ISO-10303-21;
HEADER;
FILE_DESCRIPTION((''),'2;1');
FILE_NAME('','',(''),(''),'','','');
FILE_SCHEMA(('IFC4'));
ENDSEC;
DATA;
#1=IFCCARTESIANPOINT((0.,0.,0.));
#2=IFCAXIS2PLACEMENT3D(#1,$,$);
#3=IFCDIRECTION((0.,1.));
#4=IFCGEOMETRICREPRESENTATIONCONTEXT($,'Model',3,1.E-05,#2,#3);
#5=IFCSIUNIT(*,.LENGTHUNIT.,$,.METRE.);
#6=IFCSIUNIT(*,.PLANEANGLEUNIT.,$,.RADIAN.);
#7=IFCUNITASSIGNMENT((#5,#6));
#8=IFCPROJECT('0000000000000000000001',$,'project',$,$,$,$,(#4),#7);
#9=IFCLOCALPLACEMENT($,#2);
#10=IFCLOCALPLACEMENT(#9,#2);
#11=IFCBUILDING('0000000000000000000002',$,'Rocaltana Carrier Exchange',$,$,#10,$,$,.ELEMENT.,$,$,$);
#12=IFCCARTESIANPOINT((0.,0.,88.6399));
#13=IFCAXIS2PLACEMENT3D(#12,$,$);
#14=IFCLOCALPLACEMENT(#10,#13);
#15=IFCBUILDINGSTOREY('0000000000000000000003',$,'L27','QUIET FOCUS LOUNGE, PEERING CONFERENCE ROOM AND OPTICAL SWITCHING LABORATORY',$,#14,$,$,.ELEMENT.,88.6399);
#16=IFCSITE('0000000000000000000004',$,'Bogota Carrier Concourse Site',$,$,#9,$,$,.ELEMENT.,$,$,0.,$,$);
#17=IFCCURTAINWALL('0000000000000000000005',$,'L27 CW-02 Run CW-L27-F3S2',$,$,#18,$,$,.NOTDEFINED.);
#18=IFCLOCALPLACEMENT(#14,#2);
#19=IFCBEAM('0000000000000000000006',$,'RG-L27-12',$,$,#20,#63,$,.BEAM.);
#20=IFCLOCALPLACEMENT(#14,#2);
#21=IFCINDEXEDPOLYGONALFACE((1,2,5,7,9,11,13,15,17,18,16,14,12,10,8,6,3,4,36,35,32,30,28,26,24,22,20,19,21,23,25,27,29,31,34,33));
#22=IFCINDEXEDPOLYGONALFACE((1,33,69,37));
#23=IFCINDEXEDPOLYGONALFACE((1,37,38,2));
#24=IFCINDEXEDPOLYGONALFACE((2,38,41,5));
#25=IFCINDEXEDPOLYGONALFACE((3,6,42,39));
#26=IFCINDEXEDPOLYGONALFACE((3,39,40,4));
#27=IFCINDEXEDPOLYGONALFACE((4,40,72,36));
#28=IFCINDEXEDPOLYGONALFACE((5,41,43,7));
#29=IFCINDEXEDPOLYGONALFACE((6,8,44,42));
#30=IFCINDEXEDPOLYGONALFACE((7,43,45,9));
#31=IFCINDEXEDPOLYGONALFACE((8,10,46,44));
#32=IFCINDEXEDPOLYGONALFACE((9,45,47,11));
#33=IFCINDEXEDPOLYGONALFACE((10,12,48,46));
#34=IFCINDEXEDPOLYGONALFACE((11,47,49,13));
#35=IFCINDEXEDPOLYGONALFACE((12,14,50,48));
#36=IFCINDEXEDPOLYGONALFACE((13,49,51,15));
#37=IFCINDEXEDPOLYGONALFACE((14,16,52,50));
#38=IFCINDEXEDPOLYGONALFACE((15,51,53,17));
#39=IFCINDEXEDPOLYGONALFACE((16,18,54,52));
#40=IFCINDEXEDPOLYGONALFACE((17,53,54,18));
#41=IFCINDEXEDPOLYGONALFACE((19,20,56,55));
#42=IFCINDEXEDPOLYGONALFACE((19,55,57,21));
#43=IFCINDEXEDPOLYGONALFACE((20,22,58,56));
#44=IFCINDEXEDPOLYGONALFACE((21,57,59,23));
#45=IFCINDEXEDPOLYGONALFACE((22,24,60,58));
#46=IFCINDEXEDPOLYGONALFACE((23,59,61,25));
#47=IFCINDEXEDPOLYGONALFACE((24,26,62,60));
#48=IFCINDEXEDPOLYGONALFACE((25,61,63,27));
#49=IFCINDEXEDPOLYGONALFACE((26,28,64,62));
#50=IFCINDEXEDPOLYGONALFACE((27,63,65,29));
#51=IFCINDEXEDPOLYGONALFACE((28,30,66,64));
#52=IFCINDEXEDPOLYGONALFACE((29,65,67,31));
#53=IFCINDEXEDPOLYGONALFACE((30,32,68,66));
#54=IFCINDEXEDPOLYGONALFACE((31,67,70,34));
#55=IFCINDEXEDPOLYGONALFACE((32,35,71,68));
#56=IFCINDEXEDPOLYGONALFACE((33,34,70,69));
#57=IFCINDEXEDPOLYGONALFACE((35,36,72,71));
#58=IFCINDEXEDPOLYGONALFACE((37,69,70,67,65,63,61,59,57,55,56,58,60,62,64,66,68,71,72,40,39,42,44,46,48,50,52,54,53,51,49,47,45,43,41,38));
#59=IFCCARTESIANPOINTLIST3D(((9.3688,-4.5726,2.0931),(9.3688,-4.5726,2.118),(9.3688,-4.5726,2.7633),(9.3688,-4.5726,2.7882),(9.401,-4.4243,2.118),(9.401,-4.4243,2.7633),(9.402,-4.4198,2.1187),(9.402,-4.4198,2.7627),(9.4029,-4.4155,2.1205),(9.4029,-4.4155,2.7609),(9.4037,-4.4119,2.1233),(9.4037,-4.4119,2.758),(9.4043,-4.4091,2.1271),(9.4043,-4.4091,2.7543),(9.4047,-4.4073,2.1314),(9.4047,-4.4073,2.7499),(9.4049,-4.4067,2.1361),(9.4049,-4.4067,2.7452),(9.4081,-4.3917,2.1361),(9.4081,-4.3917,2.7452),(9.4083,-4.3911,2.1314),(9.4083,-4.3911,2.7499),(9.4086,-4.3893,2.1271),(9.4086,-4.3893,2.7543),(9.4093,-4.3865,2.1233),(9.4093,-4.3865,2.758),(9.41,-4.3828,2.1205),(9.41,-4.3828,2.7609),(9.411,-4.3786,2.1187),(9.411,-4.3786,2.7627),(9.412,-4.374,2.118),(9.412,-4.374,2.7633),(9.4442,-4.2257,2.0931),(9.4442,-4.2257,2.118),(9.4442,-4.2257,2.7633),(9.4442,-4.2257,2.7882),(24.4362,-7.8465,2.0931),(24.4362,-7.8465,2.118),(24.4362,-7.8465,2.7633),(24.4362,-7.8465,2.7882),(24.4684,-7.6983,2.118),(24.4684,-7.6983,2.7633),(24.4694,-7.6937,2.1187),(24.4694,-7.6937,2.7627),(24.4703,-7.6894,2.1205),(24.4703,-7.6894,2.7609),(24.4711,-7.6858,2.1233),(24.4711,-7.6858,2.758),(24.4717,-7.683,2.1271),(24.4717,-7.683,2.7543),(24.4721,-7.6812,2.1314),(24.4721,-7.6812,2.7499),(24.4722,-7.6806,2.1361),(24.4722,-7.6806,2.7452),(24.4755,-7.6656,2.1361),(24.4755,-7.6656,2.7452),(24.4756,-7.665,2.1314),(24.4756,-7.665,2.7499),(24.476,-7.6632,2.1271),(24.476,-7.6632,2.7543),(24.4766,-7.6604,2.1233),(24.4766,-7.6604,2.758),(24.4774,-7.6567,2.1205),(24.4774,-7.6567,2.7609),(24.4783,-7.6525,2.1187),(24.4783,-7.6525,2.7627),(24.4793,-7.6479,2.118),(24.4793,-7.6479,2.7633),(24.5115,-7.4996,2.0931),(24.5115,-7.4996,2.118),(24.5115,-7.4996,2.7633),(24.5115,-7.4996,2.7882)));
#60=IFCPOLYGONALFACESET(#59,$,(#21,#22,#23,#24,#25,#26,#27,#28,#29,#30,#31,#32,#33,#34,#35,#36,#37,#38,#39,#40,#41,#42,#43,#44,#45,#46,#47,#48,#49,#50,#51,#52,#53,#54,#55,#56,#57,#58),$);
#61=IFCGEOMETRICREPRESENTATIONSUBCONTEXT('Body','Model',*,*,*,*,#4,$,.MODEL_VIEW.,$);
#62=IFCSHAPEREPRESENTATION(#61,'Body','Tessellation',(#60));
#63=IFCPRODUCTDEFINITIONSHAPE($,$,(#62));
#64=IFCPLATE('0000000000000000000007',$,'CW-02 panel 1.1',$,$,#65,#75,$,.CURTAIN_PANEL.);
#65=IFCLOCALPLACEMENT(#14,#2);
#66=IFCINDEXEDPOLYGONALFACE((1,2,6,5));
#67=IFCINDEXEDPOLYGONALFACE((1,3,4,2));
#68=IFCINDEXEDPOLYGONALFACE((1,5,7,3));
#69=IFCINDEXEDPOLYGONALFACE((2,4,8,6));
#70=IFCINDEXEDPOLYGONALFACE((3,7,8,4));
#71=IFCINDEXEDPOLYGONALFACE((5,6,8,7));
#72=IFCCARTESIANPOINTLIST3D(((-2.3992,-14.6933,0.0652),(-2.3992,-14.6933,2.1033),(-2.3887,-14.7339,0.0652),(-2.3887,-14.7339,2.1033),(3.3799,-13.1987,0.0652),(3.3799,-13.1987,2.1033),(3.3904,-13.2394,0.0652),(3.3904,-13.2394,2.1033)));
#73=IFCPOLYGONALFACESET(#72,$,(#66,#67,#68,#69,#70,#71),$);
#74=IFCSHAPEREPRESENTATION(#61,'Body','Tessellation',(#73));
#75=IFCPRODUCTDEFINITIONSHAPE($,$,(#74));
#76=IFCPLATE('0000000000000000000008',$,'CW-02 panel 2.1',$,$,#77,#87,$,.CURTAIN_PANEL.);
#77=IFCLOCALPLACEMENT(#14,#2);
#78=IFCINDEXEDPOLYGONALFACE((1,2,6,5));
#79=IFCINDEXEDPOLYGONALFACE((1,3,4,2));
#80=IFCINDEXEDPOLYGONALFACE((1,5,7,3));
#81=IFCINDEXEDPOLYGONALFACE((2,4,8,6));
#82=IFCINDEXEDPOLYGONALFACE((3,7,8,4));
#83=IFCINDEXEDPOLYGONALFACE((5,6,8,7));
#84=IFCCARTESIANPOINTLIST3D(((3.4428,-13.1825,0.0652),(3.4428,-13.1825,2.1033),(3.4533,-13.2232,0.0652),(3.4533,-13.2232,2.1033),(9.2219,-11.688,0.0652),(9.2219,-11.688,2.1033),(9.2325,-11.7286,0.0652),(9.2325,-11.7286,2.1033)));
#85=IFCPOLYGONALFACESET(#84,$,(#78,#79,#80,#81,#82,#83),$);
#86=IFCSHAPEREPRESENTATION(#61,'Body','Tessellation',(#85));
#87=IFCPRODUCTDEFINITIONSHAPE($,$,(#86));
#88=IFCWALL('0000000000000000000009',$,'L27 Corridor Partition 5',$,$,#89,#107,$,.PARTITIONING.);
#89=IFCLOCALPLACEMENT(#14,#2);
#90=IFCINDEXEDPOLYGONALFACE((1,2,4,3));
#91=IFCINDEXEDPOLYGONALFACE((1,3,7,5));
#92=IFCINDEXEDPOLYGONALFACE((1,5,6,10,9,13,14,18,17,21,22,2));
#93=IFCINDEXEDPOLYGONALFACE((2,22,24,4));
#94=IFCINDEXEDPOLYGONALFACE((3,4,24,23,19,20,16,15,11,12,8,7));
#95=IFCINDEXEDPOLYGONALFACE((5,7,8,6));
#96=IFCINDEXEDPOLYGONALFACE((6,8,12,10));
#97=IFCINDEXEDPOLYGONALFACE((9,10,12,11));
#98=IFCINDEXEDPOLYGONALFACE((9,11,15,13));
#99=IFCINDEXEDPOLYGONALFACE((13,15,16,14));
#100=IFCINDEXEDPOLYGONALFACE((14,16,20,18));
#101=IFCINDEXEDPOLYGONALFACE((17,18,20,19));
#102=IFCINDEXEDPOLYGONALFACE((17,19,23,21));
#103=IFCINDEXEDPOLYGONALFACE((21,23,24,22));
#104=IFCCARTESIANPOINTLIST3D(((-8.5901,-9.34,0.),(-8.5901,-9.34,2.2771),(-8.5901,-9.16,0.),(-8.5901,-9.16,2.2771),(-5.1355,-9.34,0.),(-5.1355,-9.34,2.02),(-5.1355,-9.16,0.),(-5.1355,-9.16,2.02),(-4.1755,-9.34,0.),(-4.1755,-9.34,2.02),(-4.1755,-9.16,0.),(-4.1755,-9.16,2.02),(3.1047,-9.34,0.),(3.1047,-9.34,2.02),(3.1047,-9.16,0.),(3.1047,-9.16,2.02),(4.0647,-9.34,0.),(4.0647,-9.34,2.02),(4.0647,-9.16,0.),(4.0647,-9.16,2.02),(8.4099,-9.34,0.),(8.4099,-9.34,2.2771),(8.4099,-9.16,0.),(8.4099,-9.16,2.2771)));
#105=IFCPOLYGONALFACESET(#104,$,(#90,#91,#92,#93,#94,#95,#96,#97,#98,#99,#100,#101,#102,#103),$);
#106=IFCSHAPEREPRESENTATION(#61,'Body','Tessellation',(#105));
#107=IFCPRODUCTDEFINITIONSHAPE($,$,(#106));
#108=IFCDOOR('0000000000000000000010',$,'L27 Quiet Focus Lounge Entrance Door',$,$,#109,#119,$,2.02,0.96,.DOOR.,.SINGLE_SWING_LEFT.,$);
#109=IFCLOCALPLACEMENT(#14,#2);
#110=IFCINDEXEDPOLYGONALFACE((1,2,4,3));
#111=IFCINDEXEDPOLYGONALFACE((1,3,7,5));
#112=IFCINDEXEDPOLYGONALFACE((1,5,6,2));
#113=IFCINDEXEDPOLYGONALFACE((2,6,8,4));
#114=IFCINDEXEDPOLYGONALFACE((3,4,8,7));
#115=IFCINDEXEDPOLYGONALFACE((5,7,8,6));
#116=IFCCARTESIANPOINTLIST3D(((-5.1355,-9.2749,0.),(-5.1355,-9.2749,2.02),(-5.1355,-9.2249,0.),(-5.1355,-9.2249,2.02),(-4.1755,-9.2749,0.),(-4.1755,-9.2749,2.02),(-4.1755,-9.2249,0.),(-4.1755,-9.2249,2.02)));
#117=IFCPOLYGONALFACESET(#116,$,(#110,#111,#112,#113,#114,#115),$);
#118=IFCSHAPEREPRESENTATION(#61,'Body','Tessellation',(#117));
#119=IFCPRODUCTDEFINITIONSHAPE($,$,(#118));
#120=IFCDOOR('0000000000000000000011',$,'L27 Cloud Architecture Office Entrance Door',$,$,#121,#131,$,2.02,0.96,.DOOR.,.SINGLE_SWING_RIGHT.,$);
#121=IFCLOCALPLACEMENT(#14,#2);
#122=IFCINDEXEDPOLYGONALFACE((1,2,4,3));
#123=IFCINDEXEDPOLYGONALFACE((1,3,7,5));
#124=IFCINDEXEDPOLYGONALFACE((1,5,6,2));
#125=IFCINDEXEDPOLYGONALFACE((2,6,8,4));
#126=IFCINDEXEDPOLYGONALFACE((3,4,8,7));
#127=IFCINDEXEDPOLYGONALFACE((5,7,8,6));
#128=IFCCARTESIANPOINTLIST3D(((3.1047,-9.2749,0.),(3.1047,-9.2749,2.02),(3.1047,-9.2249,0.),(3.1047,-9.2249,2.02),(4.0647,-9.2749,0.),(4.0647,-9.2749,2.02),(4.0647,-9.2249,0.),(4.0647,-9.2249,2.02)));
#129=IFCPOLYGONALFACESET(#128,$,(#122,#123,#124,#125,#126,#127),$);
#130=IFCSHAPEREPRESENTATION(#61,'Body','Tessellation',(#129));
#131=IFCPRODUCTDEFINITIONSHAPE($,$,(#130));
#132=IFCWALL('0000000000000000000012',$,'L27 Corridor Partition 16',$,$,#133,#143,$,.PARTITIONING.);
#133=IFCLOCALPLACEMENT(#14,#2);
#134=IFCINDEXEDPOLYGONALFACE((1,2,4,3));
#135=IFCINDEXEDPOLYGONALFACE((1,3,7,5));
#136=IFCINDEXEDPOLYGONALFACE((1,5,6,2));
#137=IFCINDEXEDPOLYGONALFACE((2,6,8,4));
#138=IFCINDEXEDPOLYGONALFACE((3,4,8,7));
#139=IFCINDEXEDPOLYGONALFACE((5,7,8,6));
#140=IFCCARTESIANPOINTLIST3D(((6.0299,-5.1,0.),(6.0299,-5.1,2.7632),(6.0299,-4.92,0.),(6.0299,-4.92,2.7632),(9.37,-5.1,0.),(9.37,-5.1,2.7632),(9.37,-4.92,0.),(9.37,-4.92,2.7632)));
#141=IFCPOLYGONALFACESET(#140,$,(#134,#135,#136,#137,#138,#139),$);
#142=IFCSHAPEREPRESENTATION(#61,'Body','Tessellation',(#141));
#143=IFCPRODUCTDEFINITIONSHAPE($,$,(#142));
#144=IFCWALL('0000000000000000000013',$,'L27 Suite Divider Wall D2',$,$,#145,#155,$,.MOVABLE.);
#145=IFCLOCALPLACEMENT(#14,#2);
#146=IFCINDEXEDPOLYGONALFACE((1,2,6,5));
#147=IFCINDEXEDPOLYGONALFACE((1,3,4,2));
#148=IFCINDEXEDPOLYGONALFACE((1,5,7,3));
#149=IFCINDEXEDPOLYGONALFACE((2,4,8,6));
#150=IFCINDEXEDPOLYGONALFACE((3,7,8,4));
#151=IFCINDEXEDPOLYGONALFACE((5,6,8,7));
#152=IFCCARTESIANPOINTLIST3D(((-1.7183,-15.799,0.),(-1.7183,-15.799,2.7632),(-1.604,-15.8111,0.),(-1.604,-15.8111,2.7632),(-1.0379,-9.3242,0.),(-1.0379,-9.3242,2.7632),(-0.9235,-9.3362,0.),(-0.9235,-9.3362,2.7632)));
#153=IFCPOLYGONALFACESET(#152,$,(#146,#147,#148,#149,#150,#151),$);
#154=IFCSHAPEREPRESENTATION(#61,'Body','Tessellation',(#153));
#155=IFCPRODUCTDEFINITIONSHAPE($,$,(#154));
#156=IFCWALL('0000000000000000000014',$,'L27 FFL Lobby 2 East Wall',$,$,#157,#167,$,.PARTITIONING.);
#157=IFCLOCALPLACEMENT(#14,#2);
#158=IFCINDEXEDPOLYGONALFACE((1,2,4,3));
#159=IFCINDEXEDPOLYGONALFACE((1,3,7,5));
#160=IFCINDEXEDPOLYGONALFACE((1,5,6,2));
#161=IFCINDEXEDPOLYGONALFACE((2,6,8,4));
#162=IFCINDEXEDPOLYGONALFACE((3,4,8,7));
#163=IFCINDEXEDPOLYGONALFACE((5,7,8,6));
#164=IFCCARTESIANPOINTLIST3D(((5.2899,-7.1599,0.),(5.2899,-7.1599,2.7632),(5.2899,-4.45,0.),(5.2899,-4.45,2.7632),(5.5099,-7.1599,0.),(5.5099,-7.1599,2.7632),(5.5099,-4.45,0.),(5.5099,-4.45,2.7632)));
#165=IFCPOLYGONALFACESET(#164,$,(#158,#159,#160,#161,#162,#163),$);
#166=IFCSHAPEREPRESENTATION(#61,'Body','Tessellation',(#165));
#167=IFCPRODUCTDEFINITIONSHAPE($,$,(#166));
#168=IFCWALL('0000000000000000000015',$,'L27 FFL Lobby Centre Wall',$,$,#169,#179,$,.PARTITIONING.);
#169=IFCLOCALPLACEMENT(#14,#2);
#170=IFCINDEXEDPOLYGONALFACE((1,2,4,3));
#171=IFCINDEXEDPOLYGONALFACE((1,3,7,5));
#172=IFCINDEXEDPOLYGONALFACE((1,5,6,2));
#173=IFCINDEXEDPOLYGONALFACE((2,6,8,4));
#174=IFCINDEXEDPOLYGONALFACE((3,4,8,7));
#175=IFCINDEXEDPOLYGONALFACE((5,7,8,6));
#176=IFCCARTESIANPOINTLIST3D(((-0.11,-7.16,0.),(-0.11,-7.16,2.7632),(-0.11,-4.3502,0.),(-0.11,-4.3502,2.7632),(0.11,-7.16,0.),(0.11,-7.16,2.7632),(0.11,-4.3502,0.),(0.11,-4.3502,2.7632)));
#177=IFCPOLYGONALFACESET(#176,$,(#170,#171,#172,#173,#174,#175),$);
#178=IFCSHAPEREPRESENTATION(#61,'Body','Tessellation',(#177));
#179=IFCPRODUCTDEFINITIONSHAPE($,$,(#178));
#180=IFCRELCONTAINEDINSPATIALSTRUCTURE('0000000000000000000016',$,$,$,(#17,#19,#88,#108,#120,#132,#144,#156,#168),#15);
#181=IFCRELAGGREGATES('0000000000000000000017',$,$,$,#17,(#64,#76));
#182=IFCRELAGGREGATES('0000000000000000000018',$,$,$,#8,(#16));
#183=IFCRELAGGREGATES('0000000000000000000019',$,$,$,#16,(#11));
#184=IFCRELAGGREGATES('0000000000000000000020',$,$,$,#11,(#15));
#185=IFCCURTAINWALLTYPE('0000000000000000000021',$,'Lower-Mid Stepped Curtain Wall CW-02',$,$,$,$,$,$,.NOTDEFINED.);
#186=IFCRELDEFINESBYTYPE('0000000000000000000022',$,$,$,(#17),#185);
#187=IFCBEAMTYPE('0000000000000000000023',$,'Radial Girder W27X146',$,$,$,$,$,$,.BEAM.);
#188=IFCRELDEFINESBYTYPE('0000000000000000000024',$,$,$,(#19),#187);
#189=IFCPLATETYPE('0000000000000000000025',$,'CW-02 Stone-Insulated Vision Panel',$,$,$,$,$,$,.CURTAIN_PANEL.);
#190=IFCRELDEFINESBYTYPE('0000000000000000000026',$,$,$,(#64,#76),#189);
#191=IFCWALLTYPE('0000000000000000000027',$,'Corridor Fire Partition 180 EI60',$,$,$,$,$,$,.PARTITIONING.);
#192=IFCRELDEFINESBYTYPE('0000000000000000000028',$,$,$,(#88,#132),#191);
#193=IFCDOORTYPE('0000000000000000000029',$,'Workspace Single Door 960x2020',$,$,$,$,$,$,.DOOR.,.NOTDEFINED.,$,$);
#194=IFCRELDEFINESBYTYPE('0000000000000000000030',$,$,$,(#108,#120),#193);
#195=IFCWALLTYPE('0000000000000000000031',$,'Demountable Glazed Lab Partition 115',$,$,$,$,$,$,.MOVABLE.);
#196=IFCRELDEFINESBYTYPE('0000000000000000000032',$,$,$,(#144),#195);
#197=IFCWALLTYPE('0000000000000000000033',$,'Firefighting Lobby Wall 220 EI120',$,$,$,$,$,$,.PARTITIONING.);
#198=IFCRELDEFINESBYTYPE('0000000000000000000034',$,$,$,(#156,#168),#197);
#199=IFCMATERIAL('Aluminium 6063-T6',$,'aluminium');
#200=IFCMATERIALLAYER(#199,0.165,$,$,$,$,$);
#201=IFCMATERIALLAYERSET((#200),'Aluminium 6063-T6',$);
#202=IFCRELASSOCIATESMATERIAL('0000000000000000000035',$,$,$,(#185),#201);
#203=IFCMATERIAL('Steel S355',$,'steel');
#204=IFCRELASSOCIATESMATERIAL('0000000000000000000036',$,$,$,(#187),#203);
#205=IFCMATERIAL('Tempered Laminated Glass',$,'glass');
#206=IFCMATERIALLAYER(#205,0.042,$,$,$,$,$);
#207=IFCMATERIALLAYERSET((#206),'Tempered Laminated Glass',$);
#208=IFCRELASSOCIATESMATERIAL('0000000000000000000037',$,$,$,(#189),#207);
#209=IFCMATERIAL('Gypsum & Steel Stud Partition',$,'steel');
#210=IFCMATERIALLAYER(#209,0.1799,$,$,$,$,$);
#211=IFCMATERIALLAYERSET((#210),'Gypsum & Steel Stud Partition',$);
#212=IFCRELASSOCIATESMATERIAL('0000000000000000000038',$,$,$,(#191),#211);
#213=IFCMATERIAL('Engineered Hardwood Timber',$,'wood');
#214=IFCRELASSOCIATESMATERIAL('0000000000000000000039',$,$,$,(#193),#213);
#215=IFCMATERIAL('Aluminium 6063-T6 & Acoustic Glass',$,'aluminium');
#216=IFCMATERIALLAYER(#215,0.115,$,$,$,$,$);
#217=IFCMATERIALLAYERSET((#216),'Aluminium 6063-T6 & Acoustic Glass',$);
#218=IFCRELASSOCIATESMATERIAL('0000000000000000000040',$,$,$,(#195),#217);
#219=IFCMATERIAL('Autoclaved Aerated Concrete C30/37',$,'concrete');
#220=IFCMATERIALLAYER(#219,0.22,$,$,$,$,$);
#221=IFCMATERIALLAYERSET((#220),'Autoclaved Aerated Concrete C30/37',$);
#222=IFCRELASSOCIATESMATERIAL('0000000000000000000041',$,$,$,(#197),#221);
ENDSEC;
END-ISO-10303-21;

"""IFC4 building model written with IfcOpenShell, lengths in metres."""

from ifc_helpers import new_model, si_unit, direction, frame, frame_2d, origin, origin_2d, place, context, subcontext, project, spatial, rectangle, i_section, extrude, material, layer, layer_set, material_profile, profile_set, type_object, element, fill, aggregate, save


model = new_model("IFC4")

# Units and contexts
model_context = context("Model", 3, precision=1e-05, world=origin(), true_north=direction((0.0, 1.0)))
body_context = subcontext(model_context, "Body", "Model", "MODEL_VIEW")
ifc_project = project(units=[si_unit("LENGTHUNIT", "METRE"), si_unit("PLANEANGLEUNIT", "RADIAN")], contexts=[model_context])

# Site, building, storey
site_placement = place(None, origin())
site = spatial("IfcSite", under=ifc_project, at=site_placement, Name="Bogota Carrier Concourse Site", CompositionType="ELEMENT", RefElevation=0.0)
building_placement = place(site_placement, origin())
building = spatial("IfcBuilding", under=site, at=building_placement, Name="Rocaltana Carrier Exchange", CompositionType="ELEMENT")
storey_placement = place(building_placement, frame((0.0, 0.0, 88.6399)))
storey = spatial("IfcBuildingStorey", under=building, at=storey_placement, Name="L27", Description="QUIET FOCUS LOUNGE, PEERING CONFERENCE ROOM AND OPTICAL SWITCHING LABORATORY", CompositionType="ELEMENT", Elevation=88.6399)

# Curtain wall
ifc_material_1 = material(Name="Aluminium 6063-T6", Category="aluminium")
ifc_layer_1 = layer(ifc_material_1, 0.165)
ifc_layer_set_1 = layer_set([ifc_layer_1], Name="Aluminium 6063-T6")
curtain_wall_type = type_object("IfcCurtainWallType", Name="Lower-Mid Stepped Curtain Wall CW-02", PredefinedType="NOTDEFINED", material=ifc_layer_set_1)
curtain_wall_placement = place(storey_placement, origin())
curtain_wall = element("IfcCurtainWall", 1, at=curtain_wall_placement, inside=storey, type_object=curtain_wall_type, Name="L27 CW-02 Run CW-L27-F3S2", PredefinedType="NOTDEFINED")

# Beam
ifc_material_2 = material(Name="Steel S355", Category="steel")
ifc_material_profile_1 = material_profile(ifc_material_2, i_section(OverallWidth=0.355, OverallDepth=0.6951, WebThickness=0.0154, FlangeThickness=0.0249, FilletRadius=0.0181, at=origin_2d()), Name="W27X146")
ifc_profile_set_1 = profile_set([ifc_material_profile_1], Name="Steel S355")
beam_type = type_object("IfcBeamType", Name="Radial Girder W27X146", PredefinedType="BEAM", material=ifc_profile_set_1)
beam_1_placement = place(storey_placement, frame((9.4065, -4.3992, 2.4407), z_axis=(0.977198, -0.212331, 0.0), x_axis=(0.212331, 0.977198, 0.0)))
element("IfcBeam", 2, at=beam_1_placement, inside=storey, type_object=beam_type, Name="RG-L27-12", PredefinedType="BEAM", context=body_context, shape_type="SweptSolid", body=[
    extrude(i_section(OverallWidth=0.355, OverallDepth=0.6951, WebThickness=0.0154, FlangeThickness=0.0249, FilletRadius=0.0181, at=origin_2d()), origin(), (0.0, 0.0, 1.0), 15.4189),
])

# Plates
ifc_material_3 = material(Name="Tempered Laminated Glass", Category="glass")
ifc_layer_2 = layer(ifc_material_3, 0.042)
ifc_layer_set_2 = layer_set([ifc_layer_2], Name="Tempered Laminated Glass")
plate_type = type_object("IfcPlateType", Name="CW-02 Stone-Insulated Vision Panel", PredefinedType="CURTAIN_PANEL", material=ifc_layer_set_2)
plate_1_placement = place(storey_placement, frame((0.4956, -13.9663, 0.0652), z_axis=(0.0, 0.0, 1.0), x_axis=(0.968148, 0.250378, 0.0)))
plate_1 = element("IfcPlate", 3, at=plate_1_placement, type_object=plate_type, Name="CW-02 panel 1.1", PredefinedType="CURTAIN_PANEL", context=body_context, shape_type="SweptSolid", body=[
    extrude(rectangle(XDim=5.9692, YDim=0.042, at=origin_2d()), origin(), (0.0, 0.0, 1.0), 2.0381),
])
plate_2_placement = place(storey_placement, frame((6.3376, -12.4556, 0.0652), z_axis=(0.0, 0.0, 1.0), x_axis=(0.968148, 0.250378, 0.0)))
plate_2 = element("IfcPlate", 4, at=plate_2_placement, type_object=plate_type, Name="CW-02 panel 2.1", PredefinedType="CURTAIN_PANEL", context=body_context, shape_type="SweptSolid", body=[
    extrude(rectangle(XDim=5.9692, YDim=0.042, at=origin_2d()), origin(), (0.0, 0.0, 1.0), 2.0381),
])
aggregate(curtain_wall, [plate_1, plate_2])

# Wall, openings, doors
ifc_material_4 = material(Name="Gypsum & Steel Stud Partition", Category="steel")
ifc_layer_3 = layer(ifc_material_4, 0.1799)
ifc_layer_set_3 = layer_set([ifc_layer_3], Name="Gypsum & Steel Stud Partition")
wall_type_1 = type_object("IfcWallType", Name="Corridor Fire Partition 180 EI60", PredefinedType="PARTITIONING", material=ifc_layer_set_3)
wall_1_placement = place(storey_placement, frame((8.4099, -9.25, 0.0), z_axis=(0.0, 0.0, 1.0), x_axis=(-1.0, 0.0, 0.0)))
wall_1 = element("IfcWall", 5, at=wall_1_placement, inside=storey, type_object=wall_type_1, Name="L27 Corridor Partition 5", PredefinedType="PARTITIONING", context=body_context, shape_type="SweptSolid", body=[
    extrude(rectangle(XDim=17.0, YDim=0.1799, at=frame_2d((8.5, 0.0))), origin(), (0.0, 0.0, 1.0), 2.2771),
])
opening_1_placement = place(wall_1_placement, frame((12.5854, 0.0, 0.0)))
opening_1 = element("IfcOpeningElement", 6, at=opening_1_placement, cuts=wall_1, PredefinedType="OPENING", context=body_context, shape_type="SweptSolid", body=[
    extrude(rectangle(XDim=0.96, YDim=2.02, at=frame_2d((0.48, 1.01))), frame((0.0, 0.0999, 0.0), z_axis=(0.0, -1.0, 0.0), x_axis=(1.0, 0.0, 0.0)), (0.0, 0.0, 1.0), 0.2),
])
opening_2_placement = place(wall_1_placement, frame((4.3452, 0.0, 0.0)))
opening_2 = element("IfcOpeningElement", 7, at=opening_2_placement, cuts=wall_1, PredefinedType="OPENING", context=body_context, shape_type="SweptSolid", body=[
    extrude(rectangle(XDim=0.96, YDim=2.02, at=frame_2d((0.48, 1.01))), frame((0.0, 0.0999, 0.0), z_axis=(0.0, -1.0, 0.0), x_axis=(1.0, 0.0, 0.0)), (0.0, 0.0, 1.0), 0.2),
])
ifc_material_5 = material(Name="Engineered Hardwood Timber", Category="wood")
door_type_1 = type_object("IfcDoorType", Name="Workspace Single Door 960x2020", OperationType="NOTDEFINED", PredefinedType="DOOR", material=ifc_material_5)
door_1_placement = place(opening_1_placement, origin())
door_1 = element("IfcDoor", 8, at=door_1_placement, inside=storey, type_object=door_type_1, Name="L27 Quiet Focus Lounge Entrance Door", OperationType="SINGLE_SWING_LEFT", OverallHeight=2.02, OverallWidth=0.96, PredefinedType="DOOR", context=body_context, shape_type="SweptSolid", body=[
    extrude(rectangle(XDim=0.96, YDim=2.02, at=frame_2d((0.48, 1.01))), frame((0.0, 0.0249, 0.0), z_axis=(0.0, -1.0, 0.0), x_axis=(1.0, 0.0, 0.0)), (0.0, 0.0, 1.0), 0.05),
])
fill(opening_1, door_1)
door_2_placement = place(opening_2_placement, origin())
door_2 = element("IfcDoor", 9, at=door_2_placement, inside=storey, type_object=door_type_1, Name="L27 Cloud Architecture Office Entrance Door", OperationType="SINGLE_SWING_RIGHT", OverallHeight=2.02, OverallWidth=0.96, PredefinedType="DOOR", context=body_context, shape_type="SweptSolid", body=[
    extrude(rectangle(XDim=0.96, YDim=2.02, at=frame_2d((0.48, 1.01))), frame((0.0, 0.0249, 0.0), z_axis=(0.0, -1.0, 0.0), x_axis=(1.0, 0.0, 0.0)), (0.0, 0.0, 1.0), 0.05),
])
fill(opening_2, door_2)

# Walls
wall_2_placement = place(storey_placement, frame((6.03, -5.01, 0.0), z_axis=(0.0, 0.0, 1.0), x_axis=(1.0, 0.0, 0.0)))
element("IfcWall", 10, at=wall_2_placement, inside=storey, type_object=wall_type_1, Name="L27 Corridor Partition 16", PredefinedType="PARTITIONING", context=body_context, shape_type="SweptSolid", body=[
    extrude(rectangle(XDim=3.3401, YDim=0.1799, at=frame_2d((1.6699, 0.0))), origin(), (0.0, 0.0, 1.0), 2.7632),
])
ifc_material_6 = material(Name="Aluminium 6063-T6 & Acoustic Glass", Category="aluminium")
ifc_layer_4 = layer(ifc_material_6, 0.115)
ifc_layer_set_4 = layer_set([ifc_layer_4], Name="Aluminium 6063-T6 & Acoustic Glass")
wall_type_2 = type_object("IfcWallType", Name="Demountable Glazed Lab Partition 115", PredefinedType="MOVABLE", material=ifc_layer_set_4)
wall_3_placement = place(storey_placement, frame((-0.9807, -9.3301, 0.0), z_axis=(0.0, 0.0, 1.0), x_axis=(-0.104511, -0.994524, 0.0)))
element("IfcWall", 11, at=wall_3_placement, inside=storey, type_object=wall_type_2, Name="L27 Suite Divider Wall D2", PredefinedType="MOVABLE", context=body_context, shape_type="SweptSolid", body=[
    extrude(rectangle(XDim=6.5105, YDim=0.115, at=frame_2d((3.2554, 0.0))), origin(), (0.0, 0.0, 1.0), 2.7632),
])
ifc_material_7 = material(Name="Autoclaved Aerated Concrete C30/37", Category="concrete")
ifc_layer_5 = layer(ifc_material_7, 0.22)
ifc_layer_set_5 = layer_set([ifc_layer_5], Name="Autoclaved Aerated Concrete C30/37")
wall_type_3 = type_object("IfcWallType", Name="Firefighting Lobby Wall 220 EI120", PredefinedType="PARTITIONING", material=ifc_layer_set_5)
wall_4_placement = place(storey_placement, frame((5.3999, -7.1599, 0.0), z_axis=(0.0, 0.0, 1.0), x_axis=(0.0, 1.0, 0.0)))
element("IfcWall", 12, at=wall_4_placement, inside=storey, type_object=wall_type_3, Name="L27 FFL Lobby 2 East Wall", PredefinedType="PARTITIONING", context=body_context, shape_type="SweptSolid", body=[
    extrude(rectangle(XDim=2.71, YDim=0.22, at=frame_2d((1.355, 0.0))), origin(), (0.0, 0.0, 1.0), 2.7632),
])
wall_5_placement = place(storey_placement, frame((0.0, -7.1599, 0.0), z_axis=(0.0, 0.0, 1.0), x_axis=(0.0, 1.0, 0.0)))
element("IfcWall", 13, at=wall_5_placement, inside=storey, type_object=wall_type_3, Name="L27 FFL Lobby Centre Wall", PredefinedType="PARTITIONING", context=body_context, shape_type="SweptSolid", body=[
    extrude(rectangle(XDim=2.8098, YDim=0.22, at=frame_2d((1.4048, 0.0))), origin(), (0.0, 0.0, 1.0), 2.7632),
])

save(model, "model.ifc")
